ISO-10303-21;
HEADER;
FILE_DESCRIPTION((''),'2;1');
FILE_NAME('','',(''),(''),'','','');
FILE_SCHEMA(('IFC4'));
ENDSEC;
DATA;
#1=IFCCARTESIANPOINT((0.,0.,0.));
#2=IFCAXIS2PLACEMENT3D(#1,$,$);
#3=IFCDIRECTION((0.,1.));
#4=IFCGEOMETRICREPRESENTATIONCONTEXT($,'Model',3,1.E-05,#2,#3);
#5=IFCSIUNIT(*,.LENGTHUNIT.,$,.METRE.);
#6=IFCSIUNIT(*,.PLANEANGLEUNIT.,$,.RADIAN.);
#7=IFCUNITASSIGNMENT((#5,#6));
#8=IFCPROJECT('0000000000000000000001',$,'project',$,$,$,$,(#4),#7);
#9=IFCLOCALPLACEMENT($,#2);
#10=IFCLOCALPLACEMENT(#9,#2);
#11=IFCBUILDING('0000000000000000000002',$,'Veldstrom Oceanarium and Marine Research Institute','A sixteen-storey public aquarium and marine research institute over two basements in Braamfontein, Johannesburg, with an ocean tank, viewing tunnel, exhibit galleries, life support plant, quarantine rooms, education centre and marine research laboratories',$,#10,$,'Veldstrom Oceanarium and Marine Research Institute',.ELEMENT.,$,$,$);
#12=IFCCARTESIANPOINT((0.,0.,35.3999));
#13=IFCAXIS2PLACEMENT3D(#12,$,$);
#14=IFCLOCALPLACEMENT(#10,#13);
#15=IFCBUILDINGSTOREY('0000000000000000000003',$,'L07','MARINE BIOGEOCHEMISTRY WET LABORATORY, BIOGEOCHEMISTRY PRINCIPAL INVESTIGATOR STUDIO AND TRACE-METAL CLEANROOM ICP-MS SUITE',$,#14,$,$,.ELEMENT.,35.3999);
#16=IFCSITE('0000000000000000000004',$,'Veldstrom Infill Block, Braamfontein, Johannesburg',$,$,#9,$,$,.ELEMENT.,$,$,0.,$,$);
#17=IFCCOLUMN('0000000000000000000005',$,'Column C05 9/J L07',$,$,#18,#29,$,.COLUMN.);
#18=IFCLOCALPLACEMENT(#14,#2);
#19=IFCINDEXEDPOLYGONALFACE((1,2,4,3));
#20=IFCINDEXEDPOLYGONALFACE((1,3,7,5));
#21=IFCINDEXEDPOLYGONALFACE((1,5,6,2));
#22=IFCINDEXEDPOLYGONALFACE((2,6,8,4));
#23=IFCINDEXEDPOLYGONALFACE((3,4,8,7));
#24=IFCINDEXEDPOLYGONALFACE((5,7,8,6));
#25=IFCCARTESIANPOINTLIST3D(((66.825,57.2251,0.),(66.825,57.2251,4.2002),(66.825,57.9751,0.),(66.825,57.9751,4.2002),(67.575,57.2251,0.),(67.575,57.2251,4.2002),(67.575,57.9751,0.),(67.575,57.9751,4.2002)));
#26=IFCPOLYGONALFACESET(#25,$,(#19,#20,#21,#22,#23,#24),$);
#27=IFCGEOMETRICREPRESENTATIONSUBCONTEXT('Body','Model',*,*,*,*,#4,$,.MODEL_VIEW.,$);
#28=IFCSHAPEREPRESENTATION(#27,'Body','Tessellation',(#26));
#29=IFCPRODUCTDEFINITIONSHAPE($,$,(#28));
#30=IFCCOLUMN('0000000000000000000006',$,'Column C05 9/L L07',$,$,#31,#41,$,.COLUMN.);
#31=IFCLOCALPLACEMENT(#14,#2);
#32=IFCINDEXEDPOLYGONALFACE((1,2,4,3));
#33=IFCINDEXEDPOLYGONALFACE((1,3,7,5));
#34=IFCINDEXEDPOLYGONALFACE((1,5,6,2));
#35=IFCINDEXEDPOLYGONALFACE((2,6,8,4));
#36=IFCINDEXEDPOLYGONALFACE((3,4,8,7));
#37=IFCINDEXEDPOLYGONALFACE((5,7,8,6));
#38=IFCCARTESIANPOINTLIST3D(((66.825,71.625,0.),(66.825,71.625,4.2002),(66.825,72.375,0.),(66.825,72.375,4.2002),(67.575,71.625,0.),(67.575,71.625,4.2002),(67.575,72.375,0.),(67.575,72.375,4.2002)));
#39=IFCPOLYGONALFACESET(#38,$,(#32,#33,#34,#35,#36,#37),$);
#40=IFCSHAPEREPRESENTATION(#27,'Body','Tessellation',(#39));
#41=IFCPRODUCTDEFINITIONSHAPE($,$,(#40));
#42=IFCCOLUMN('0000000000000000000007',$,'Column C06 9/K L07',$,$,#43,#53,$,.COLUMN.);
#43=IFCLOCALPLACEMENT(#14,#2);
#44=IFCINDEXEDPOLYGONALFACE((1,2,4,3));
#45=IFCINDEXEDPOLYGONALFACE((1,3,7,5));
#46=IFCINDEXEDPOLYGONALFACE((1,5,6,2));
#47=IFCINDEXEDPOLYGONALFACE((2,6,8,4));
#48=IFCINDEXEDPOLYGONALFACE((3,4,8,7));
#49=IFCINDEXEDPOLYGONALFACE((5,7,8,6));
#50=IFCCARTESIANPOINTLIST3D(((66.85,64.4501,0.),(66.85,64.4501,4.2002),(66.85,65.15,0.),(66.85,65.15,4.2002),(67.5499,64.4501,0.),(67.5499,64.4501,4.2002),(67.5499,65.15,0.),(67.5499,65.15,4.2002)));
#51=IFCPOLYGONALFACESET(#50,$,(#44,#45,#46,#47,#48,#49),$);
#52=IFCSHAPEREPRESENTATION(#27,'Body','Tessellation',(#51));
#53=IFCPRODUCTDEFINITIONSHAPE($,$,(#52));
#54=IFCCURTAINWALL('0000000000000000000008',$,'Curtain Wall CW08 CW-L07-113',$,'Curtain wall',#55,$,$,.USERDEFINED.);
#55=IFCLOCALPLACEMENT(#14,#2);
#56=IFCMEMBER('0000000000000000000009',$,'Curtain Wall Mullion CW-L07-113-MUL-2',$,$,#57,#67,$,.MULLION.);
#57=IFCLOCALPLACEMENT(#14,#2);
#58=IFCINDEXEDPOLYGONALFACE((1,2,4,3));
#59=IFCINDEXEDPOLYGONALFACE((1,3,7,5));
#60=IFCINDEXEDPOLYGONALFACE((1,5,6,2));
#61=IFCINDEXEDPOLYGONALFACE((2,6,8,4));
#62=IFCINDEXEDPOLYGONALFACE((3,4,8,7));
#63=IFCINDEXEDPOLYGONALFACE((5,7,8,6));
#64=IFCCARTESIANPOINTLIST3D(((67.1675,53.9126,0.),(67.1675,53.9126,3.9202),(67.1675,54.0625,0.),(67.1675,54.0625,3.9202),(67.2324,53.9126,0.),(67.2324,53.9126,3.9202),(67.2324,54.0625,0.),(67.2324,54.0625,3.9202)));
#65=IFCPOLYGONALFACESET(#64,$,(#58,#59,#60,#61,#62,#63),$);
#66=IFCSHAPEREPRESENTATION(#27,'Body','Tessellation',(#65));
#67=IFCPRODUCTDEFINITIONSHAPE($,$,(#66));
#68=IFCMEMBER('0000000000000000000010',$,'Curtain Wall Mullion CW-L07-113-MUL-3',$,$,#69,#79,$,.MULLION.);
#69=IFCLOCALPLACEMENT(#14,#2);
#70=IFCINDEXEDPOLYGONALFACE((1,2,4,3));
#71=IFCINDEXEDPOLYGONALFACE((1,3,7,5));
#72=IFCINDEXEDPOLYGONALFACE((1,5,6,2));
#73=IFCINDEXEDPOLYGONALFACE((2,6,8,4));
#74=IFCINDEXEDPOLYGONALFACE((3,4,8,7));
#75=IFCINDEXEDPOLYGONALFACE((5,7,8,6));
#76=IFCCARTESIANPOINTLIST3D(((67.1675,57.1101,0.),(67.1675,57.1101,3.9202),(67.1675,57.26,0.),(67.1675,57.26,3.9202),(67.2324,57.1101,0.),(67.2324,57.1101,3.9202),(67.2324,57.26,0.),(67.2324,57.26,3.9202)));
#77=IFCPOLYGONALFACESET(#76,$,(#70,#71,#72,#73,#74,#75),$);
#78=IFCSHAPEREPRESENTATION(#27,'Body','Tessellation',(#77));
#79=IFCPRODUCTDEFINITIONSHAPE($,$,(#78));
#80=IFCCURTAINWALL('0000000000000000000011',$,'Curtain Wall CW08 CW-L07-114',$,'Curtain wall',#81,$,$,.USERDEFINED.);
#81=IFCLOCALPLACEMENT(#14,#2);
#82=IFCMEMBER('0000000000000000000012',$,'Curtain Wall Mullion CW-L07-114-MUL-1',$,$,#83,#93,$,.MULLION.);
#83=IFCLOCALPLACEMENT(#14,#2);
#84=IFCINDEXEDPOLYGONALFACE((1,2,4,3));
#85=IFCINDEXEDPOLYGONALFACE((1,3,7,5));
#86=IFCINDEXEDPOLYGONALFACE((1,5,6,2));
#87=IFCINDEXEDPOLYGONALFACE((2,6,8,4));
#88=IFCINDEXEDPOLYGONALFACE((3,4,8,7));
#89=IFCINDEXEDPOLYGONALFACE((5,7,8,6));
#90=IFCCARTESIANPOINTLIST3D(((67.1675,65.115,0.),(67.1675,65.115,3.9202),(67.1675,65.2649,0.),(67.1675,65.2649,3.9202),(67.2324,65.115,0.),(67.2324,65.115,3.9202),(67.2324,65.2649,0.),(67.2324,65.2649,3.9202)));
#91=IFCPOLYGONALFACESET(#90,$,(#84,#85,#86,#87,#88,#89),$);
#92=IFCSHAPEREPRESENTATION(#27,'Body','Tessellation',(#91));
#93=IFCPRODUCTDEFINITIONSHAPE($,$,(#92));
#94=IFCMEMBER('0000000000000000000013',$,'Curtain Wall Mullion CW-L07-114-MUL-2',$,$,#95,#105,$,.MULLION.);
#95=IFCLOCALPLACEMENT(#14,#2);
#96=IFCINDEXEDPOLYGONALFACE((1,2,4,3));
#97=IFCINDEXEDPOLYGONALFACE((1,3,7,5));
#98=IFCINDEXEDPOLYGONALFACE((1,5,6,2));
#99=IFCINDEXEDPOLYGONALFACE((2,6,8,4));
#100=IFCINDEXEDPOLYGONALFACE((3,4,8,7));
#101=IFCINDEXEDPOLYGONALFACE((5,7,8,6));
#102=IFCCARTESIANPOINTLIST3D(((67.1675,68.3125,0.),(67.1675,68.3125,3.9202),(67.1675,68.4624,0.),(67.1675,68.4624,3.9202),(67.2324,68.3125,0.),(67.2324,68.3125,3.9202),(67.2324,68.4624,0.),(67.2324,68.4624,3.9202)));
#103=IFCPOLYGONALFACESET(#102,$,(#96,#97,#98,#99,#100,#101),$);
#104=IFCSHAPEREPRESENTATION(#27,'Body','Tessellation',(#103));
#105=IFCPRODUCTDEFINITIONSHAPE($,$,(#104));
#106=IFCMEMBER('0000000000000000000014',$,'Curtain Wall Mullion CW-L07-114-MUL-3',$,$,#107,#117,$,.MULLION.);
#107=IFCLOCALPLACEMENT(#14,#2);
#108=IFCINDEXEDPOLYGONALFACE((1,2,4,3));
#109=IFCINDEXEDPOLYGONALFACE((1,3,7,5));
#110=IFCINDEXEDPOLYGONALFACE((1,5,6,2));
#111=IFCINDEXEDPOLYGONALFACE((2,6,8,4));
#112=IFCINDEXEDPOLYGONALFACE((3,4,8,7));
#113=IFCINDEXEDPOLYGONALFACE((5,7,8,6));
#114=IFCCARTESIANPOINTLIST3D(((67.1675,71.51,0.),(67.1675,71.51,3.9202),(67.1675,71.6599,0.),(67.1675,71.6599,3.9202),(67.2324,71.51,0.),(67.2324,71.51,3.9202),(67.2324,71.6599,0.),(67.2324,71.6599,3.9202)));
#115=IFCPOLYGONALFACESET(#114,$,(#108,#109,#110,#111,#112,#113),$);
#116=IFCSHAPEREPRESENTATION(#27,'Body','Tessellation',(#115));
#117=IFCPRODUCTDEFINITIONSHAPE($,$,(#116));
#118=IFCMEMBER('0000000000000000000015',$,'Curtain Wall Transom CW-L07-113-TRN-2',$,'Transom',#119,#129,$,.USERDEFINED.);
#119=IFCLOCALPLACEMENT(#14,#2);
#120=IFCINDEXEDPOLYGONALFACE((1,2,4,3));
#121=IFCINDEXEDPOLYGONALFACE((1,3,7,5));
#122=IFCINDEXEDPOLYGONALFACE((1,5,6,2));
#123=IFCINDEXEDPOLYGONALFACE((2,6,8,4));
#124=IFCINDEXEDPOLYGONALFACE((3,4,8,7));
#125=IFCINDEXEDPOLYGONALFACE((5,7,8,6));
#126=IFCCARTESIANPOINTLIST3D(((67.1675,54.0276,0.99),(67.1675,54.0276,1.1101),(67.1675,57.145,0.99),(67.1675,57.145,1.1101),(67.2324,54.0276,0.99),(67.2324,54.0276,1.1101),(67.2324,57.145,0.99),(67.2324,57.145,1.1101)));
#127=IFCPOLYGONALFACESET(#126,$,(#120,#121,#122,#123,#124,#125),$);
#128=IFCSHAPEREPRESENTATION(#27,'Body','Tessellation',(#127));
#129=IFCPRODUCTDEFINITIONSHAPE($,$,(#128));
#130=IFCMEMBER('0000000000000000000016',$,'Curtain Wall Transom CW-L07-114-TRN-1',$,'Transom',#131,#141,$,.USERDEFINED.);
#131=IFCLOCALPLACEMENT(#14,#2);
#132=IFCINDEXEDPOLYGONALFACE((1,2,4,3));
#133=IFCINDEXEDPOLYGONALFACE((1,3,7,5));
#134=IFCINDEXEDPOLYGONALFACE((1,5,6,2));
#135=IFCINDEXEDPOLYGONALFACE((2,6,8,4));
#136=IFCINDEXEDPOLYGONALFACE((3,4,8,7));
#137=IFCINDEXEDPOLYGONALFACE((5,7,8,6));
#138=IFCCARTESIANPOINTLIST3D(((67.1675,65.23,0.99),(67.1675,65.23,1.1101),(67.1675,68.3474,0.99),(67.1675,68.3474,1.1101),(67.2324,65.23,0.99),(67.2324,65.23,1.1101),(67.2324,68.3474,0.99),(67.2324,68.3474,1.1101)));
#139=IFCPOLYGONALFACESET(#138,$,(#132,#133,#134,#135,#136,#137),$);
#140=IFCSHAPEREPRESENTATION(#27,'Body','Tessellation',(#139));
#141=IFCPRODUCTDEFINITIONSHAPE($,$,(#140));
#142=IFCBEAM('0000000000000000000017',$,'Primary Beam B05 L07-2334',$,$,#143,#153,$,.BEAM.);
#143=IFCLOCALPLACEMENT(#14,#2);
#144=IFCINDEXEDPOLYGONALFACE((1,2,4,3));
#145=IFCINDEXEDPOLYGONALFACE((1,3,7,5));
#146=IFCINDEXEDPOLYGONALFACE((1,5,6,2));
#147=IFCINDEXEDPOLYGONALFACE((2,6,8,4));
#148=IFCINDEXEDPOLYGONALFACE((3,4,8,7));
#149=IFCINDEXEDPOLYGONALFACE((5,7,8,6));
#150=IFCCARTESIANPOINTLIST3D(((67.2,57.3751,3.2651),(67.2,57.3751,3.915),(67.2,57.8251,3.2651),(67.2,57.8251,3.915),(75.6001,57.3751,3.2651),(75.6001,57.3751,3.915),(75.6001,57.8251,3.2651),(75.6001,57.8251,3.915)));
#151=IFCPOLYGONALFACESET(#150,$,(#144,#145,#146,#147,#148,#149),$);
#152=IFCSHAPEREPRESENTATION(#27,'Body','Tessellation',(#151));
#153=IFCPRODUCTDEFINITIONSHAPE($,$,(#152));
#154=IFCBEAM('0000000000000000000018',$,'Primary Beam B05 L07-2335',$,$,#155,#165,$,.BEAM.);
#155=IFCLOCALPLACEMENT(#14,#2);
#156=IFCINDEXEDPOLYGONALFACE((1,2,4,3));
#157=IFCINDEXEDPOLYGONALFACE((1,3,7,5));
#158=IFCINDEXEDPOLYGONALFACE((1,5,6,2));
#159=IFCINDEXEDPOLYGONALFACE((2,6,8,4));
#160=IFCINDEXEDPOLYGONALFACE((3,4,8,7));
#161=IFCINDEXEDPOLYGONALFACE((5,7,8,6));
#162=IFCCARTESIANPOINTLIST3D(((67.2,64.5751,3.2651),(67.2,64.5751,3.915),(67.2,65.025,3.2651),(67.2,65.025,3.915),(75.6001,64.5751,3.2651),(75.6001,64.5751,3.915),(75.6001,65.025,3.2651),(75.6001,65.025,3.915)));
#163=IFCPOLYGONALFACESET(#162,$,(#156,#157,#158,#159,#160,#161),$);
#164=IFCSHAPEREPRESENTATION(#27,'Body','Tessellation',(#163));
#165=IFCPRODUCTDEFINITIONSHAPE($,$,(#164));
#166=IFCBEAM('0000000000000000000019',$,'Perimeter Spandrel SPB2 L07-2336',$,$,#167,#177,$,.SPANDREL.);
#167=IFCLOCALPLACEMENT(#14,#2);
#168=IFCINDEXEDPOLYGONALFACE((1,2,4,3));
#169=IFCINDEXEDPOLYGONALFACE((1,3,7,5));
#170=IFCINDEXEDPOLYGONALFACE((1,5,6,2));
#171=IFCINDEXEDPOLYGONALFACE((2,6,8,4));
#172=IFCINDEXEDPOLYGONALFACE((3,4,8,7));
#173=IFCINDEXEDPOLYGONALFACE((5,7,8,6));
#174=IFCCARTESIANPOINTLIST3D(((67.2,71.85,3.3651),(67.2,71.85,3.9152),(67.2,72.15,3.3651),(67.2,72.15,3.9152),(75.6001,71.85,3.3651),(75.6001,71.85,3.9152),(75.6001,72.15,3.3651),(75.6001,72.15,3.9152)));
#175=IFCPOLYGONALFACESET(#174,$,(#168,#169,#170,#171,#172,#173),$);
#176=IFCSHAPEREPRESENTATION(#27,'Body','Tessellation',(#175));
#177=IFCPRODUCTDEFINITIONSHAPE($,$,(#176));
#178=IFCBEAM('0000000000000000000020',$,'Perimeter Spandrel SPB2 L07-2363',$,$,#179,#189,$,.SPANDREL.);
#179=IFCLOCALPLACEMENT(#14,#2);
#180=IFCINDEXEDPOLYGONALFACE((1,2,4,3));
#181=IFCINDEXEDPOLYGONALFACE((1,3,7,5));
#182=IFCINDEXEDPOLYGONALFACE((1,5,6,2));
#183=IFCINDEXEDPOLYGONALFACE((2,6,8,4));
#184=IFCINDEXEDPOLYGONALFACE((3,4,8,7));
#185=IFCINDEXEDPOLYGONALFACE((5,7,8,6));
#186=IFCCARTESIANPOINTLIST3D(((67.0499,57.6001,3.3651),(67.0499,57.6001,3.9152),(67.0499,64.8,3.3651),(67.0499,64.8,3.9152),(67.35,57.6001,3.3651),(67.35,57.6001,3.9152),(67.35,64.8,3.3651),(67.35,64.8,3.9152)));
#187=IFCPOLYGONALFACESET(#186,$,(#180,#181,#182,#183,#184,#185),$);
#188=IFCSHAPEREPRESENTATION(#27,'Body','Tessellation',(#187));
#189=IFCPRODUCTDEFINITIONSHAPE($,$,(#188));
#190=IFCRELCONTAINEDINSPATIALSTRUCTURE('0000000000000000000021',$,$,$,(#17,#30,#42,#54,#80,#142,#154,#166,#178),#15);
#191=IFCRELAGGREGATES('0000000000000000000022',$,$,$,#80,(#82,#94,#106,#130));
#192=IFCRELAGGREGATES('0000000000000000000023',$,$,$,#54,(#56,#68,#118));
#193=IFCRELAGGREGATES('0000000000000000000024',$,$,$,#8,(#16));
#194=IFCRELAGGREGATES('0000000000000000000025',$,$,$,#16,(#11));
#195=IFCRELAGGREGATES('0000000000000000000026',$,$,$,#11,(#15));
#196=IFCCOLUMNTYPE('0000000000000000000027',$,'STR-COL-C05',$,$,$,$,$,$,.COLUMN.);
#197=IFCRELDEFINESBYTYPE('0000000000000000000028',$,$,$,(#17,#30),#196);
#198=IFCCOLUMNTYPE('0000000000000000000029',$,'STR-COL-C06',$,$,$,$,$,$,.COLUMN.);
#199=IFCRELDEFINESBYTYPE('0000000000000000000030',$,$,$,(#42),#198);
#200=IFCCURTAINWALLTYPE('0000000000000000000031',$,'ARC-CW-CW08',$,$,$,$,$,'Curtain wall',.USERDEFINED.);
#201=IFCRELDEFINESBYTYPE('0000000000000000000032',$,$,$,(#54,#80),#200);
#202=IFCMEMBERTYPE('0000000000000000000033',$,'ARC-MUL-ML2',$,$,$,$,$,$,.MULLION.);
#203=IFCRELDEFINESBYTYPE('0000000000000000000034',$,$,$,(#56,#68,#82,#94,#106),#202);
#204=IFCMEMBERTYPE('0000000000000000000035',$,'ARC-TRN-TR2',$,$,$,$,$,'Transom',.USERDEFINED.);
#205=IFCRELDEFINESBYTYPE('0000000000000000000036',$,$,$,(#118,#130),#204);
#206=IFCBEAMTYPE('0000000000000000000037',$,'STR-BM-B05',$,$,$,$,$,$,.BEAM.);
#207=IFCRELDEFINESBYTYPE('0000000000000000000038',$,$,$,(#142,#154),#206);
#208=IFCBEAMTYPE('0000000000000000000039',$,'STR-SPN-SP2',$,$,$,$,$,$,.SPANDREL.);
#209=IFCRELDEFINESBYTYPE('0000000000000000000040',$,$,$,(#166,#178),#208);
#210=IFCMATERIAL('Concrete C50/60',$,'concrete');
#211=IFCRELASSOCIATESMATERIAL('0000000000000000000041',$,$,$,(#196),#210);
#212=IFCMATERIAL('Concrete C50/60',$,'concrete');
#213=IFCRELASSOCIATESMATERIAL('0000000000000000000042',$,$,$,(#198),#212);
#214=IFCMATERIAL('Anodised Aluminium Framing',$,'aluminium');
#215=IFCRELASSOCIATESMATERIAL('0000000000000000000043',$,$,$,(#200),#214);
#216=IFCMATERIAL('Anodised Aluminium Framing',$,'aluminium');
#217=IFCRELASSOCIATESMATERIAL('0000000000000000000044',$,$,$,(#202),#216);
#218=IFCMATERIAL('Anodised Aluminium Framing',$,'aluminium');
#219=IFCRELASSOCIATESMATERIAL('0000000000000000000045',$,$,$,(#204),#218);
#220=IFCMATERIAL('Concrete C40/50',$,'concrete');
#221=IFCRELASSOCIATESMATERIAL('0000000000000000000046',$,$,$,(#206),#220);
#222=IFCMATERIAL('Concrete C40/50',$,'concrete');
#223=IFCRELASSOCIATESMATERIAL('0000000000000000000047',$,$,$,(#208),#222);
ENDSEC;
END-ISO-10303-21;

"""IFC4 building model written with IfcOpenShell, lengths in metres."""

from ifc_helpers import new_model, si_unit, direction, frame, origin, origin_2d, place, context, subcontext, project, spatial, rectangle, extrude, material, material_profile, profile_set, type_object, element, aggregate, save


model = new_model("IFC4")

# Units and contexts
model_context = context("Model", 3, precision=1e-05, world=origin(), true_north=direction((0.0, 1.0)))
body_context = subcontext(model_context, "Body", "Model", "MODEL_VIEW")
ifc_project = project(units=[si_unit("LENGTHUNIT", "METRE"), si_unit("PLANEANGLEUNIT", "RADIAN")], contexts=[model_context])

# Site, building, storey
site_placement = place(None, origin())
site = spatial("IfcSite", under=ifc_project, at=site_placement, Name="Veldstrom Infill Block, Braamfontein, Johannesburg", CompositionType="ELEMENT", RefElevation=0.0)
building_placement = place(site_placement, origin())
building = spatial("IfcBuilding", under=site, at=building_placement, Name="Veldstrom Oceanarium and Marine Research Institute", Description="A sixteen-storey public aquarium and marine research institute over two basements in Braamfontein, Johannesburg, with an ocean tank, viewing tunnel, exhibit galleries, life support plant, quarantine rooms, education centre and marine research laboratories", LongName="Veldstrom Oceanarium and Marine Research Institute", CompositionType="ELEMENT")
storey_placement = place(building_placement, frame((0.0, 0.0, 35.3999)))
storey = spatial("IfcBuildingStorey", under=building, at=storey_placement, Name="L07", Description="MARINE BIOGEOCHEMISTRY WET LABORATORY, BIOGEOCHEMISTRY PRINCIPAL INVESTIGATOR STUDIO AND TRACE-METAL CLEANROOM ICP-MS SUITE", CompositionType="ELEMENT", Elevation=35.3999)

# Columns
ifc_material_1 = material(Name="Concrete C50/60", Category="concrete")
ifc_material_profile_1 = material_profile(ifc_material_1, rectangle(XDim=0.75, YDim=0.75, at=origin_2d()), Name="RC-COL-750x750")
ifc_profile_set_1 = profile_set([ifc_material_profile_1], Name="Concrete C50/60")
column_type_1 = type_object("IfcColumnType", Name="STR-COL-C05", PredefinedType="COLUMN", material=ifc_profile_set_1)
for number, where, z_axis, x_axis, name in (
    (1, (67.2, 57.6001, 0.0), (0.0, 0.0, 1.0), (1.0, 0.0, 0.0), "Column C05 9/J L07"),
    (2, (67.2, 72.0, 0.0), (0.0, 0.0, 1.0), (1.0, 0.0, 0.0), "Column C05 9/L L07"),
):
    element("IfcColumn", number, at=place(storey_placement, frame(where, z_axis=z_axis, x_axis=x_axis)), inside=storey, type_object=column_type_1, Name=name, PredefinedType="COLUMN", context=body_context, shape_type="SweptSolid", body=[
        extrude(rectangle(XDim=0.75, YDim=0.75, at=origin_2d()), origin(), (0.0, 0.0, 1.0), 4.2002),
    ])
ifc_material_2 = material(Name="Concrete C50/60", Category="concrete")
ifc_material_profile_2 = material_profile(ifc_material_2, rectangle(XDim=0.7, YDim=0.7, at=origin_2d()), Name="RC-COL-700x700")
ifc_profile_set_2 = profile_set([ifc_material_profile_2], Name="Concrete C50/60")
column_type_2 = type_object("IfcColumnType", Name="STR-COL-C06", PredefinedType="COLUMN", material=ifc_profile_set_2)
column_placement = place(storey_placement, frame((67.2, 64.8, 0.0), z_axis=(0.0, 0.0, 1.0), x_axis=(1.0, 0.0, 0.0)))
element("IfcColumn", 3, at=column_placement, inside=storey, type_object=column_type_2, Name="Column C06 9/K L07", PredefinedType="COLUMN", context=body_context, shape_type="SweptSolid", body=[
    extrude(rectangle(XDim=0.7, YDim=0.7, at=origin_2d()), origin(), (0.0, 0.0, 1.0), 4.2002),
])

# Curtain walls, members
ifc_material_3 = material(Name="Anodised Aluminium Framing", Category="aluminium")
curtain_wall_type = type_object("IfcCurtainWallType", Name="ARC-CW-CW08", ElementType="Curtain wall", PredefinedType="USERDEFINED", material=ifc_material_3)
curtain_wall_1_placement = place(storey_placement, origin())
curtain_wall_1 = element("IfcCurtainWall", 4, at=curtain_wall_1_placement, inside=storey, type_object=curtain_wall_type, Name="Curtain Wall CW08 CW-L07-113", ObjectType="Curtain wall", PredefinedType="USERDEFINED")
ifc_material_4 = material(Name="Anodised Aluminium Framing", Category="aluminium")
ifc_material_profile_3 = material_profile(ifc_material_4, rectangle(XDim=0.0649, YDim=0.1499, at=origin_2d()), Name="ALU-MUL-65x150")
ifc_profile_set_3 = profile_set([ifc_material_profile_3], Name="Anodised Aluminium Framing")
member_type_1 = type_object("IfcMemberType", Name="ARC-MUL-ML2", PredefinedType="MULLION", material=ifc_profile_set_3)
member_1_placement = place(storey_placement, frame((67.2, 53.9875, 0.0), z_axis=(0.0, 0.0, 1.0), x_axis=(1.0, 0.0, 0.0)))
member_1 = element("IfcMember", 5, at=member_1_placement, type_object=member_type_1, Name="Curtain Wall Mullion CW-L07-113-MUL-2", PredefinedType="MULLION", context=body_context, shape_type="SweptSolid", body=[
    extrude(rectangle(XDim=0.0649, YDim=0.1499, at=origin_2d()), origin(), (0.0, 0.0, 1.0), 3.9202),
])
member_2_placement = place(storey_placement, frame((67.2, 57.1851, 0.0), z_axis=(0.0, 0.0, 1.0), x_axis=(1.0, 0.0, 0.0)))
member_2 = element("IfcMember", 6, at=member_2_placement, type_object=member_type_1, Name="Curtain Wall Mullion CW-L07-113-MUL-3", PredefinedType="MULLION", context=body_context, shape_type="SweptSolid", body=[
    extrude(rectangle(XDim=0.0649, YDim=0.1499, at=origin_2d()), origin(), (0.0, 0.0, 1.0), 3.9202),
])
curtain_wall_2_placement = place(storey_placement, origin())
curtain_wall_2 = element("IfcCurtainWall", 7, at=curtain_wall_2_placement, inside=storey, type_object=curtain_wall_type, Name="Curtain Wall CW08 CW-L07-114", ObjectType="Curtain wall", PredefinedType="USERDEFINED")
member_3_placement = place(storey_placement, frame((67.2, 65.1899, 0.0), z_axis=(0.0, 0.0, 1.0), x_axis=(1.0, 0.0, 0.0)))
member_3 = element("IfcMember", 8, at=member_3_placement, type_object=member_type_1, Name="Curtain Wall Mullion CW-L07-114-MUL-1", PredefinedType="MULLION", context=body_context, shape_type="SweptSolid", body=[
    extrude(rectangle(XDim=0.0649, YDim=0.1499, at=origin_2d()), origin(), (0.0, 0.0, 1.0), 3.9202),
])
member_4_placement = place(storey_placement, frame((67.2, 68.3875, 0.0), z_axis=(0.0, 0.0, 1.0), x_axis=(1.0, 0.0, 0.0)))
member_4 = element("IfcMember", 9, at=member_4_placement, type_object=member_type_1, Name="Curtain Wall Mullion CW-L07-114-MUL-2", PredefinedType="MULLION", context=body_context, shape_type="SweptSolid", body=[
    extrude(rectangle(XDim=0.0649, YDim=0.1499, at=origin_2d()), origin(), (0.0, 0.0, 1.0), 3.9202),
])
member_5_placement = place(storey_placement, frame((67.2, 71.585, 0.0), z_axis=(0.0, 0.0, 1.0), x_axis=(1.0, 0.0, 0.0)))
member_5 = element("IfcMember", 10, at=member_5_placement, type_object=member_type_1, Name="Curtain Wall Mullion CW-L07-114-MUL-3", PredefinedType="MULLION", context=body_context, shape_type="SweptSolid", body=[
    extrude(rectangle(XDim=0.0649, YDim=0.1499, at=origin_2d()), origin(), (0.0, 0.0, 1.0), 3.9202),
])

# Members
ifc_material_5 = material(Name="Anodised Aluminium Framing", Category="aluminium")
ifc_material_profile_4 = material_profile(ifc_material_5, rectangle(XDim=0.0649, YDim=0.1201, at=origin_2d()), Name="ALU-TRN-65x120")
ifc_profile_set_4 = profile_set([ifc_material_profile_4], Name="Anodised Aluminium Framing")
member_type_2 = type_object("IfcMemberType", Name="ARC-TRN-TR2", ElementType="Transom", PredefinedType="USERDEFINED", material=ifc_profile_set_4)
member_6_placement = place(storey_placement, frame((67.2, 54.0276, 1.05), z_axis=(0.0, 1.0, 0.0), x_axis=(-1.0, 0.0, 0.0)))
member_6 = element("IfcMember", 11, at=member_6_placement, type_object=member_type_2, Name="Curtain Wall Transom CW-L07-113-TRN-2", ObjectType="Transom", PredefinedType="USERDEFINED", context=body_context, shape_type="SweptSolid", body=[
    extrude(rectangle(XDim=0.0649, YDim=0.1201, at=origin_2d()), origin(), (0.0, 0.0, 1.0), 3.1174),
])
member_7_placement = place(storey_placement, frame((67.2, 65.23, 1.05), z_axis=(0.0, 1.0, 0.0), x_axis=(-1.0, 0.0, 0.0)))
member_7 = element("IfcMember", 12, at=member_7_placement, type_object=member_type_2, Name="Curtain Wall Transom CW-L07-114-TRN-1", ObjectType="Transom", PredefinedType="USERDEFINED", context=body_context, shape_type="SweptSolid", body=[
    extrude(rectangle(XDim=0.0649, YDim=0.1201, at=origin_2d()), origin(), (0.0, 0.0, 1.0), 3.1174),
])
aggregate(curtain_wall_2, [member_3, member_4, member_5, member_7])

# Beams
ifc_material_6 = material(Name="Concrete C40/50", Category="concrete")
ifc_material_profile_5 = material_profile(ifc_material_6, rectangle(XDim=0.45, YDim=0.6499, at=origin_2d()), Name="RC-BM-450x650")
ifc_profile_set_5 = profile_set([ifc_material_profile_5], Name="Concrete C40/50")
beam_type_1 = type_object("IfcBeamType", Name="STR-BM-B05", PredefinedType="BEAM", material=ifc_profile_set_5)
for number, where, z_axis, x_axis, name in (
    (13, (67.2, 57.6001, 3.5901), (1.0, 0.0, 0.0), (0.0, 1.0, 0.0), "Primary Beam B05 L07-2334"),
    (14, (67.2, 64.8, 3.5901), (1.0, 0.0, 0.0), (0.0, 1.0, 0.0), "Primary Beam B05 L07-2335"),
):
    element("IfcBeam", number, at=place(storey_placement, frame(where, z_axis=z_axis, x_axis=x_axis)), inside=storey, type_object=beam_type_1, Name=name, PredefinedType="BEAM", context=body_context, shape_type="SweptSolid", body=[
        extrude(rectangle(XDim=0.45, YDim=0.6499, at=origin_2d()), origin(), (0.0, 0.0, 1.0), 8.4001),
    ])
ifc_material_7 = material(Name="Concrete C40/50", Category="concrete")
ifc_material_profile_6 = material_profile(ifc_material_7, rectangle(XDim=0.3, YDim=0.55, at=origin_2d()), Name="RC-SPN-300x550")
ifc_profile_set_6 = profile_set([ifc_material_profile_6], Name="Concrete C40/50")
beam_type_2 = type_object("IfcBeamType", Name="STR-SPN-SP2", PredefinedType="SPANDREL", material=ifc_profile_set_6)
beam_placement = place(storey_placement, frame((67.2, 72.0, 3.6401), z_axis=(1.0, 0.0, 0.0), x_axis=(0.0, 1.0, 0.0)))
element("IfcBeam", 15, at=beam_placement, inside=storey, type_object=beam_type_2, Name="Perimeter Spandrel SPB2 L07-2336", PredefinedType="SPANDREL", context=body_context, shape_type="SweptSolid", body=[
    extrude(rectangle(XDim=0.3, YDim=0.55, at=origin_2d()), origin(), (0.0, 0.0, 1.0), 8.4001),
])
for number, where, z_axis, x_axis, name in (
    (16, (67.2, 57.6001, 3.6401), (0.0, 1.0, 0.0), (-1.0, 0.0, 0.0), "Perimeter Spandrel SPB2 L07-2363"),
):
    element("IfcBeam", number, at=place(storey_placement, frame(where, z_axis=z_axis, x_axis=x_axis)), inside=storey, type_object=beam_type_2, Name=name, PredefinedType="SPANDREL", context=body_context, shape_type="SweptSolid", body=[
        extrude(rectangle(XDim=0.3, YDim=0.55, at=origin_2d()), origin(), (0.0, 0.0, 1.0), 7.2),
    ])

aggregate(curtain_wall_1, [member_1, member_2, member_6])

save(model, "model.ifc")
